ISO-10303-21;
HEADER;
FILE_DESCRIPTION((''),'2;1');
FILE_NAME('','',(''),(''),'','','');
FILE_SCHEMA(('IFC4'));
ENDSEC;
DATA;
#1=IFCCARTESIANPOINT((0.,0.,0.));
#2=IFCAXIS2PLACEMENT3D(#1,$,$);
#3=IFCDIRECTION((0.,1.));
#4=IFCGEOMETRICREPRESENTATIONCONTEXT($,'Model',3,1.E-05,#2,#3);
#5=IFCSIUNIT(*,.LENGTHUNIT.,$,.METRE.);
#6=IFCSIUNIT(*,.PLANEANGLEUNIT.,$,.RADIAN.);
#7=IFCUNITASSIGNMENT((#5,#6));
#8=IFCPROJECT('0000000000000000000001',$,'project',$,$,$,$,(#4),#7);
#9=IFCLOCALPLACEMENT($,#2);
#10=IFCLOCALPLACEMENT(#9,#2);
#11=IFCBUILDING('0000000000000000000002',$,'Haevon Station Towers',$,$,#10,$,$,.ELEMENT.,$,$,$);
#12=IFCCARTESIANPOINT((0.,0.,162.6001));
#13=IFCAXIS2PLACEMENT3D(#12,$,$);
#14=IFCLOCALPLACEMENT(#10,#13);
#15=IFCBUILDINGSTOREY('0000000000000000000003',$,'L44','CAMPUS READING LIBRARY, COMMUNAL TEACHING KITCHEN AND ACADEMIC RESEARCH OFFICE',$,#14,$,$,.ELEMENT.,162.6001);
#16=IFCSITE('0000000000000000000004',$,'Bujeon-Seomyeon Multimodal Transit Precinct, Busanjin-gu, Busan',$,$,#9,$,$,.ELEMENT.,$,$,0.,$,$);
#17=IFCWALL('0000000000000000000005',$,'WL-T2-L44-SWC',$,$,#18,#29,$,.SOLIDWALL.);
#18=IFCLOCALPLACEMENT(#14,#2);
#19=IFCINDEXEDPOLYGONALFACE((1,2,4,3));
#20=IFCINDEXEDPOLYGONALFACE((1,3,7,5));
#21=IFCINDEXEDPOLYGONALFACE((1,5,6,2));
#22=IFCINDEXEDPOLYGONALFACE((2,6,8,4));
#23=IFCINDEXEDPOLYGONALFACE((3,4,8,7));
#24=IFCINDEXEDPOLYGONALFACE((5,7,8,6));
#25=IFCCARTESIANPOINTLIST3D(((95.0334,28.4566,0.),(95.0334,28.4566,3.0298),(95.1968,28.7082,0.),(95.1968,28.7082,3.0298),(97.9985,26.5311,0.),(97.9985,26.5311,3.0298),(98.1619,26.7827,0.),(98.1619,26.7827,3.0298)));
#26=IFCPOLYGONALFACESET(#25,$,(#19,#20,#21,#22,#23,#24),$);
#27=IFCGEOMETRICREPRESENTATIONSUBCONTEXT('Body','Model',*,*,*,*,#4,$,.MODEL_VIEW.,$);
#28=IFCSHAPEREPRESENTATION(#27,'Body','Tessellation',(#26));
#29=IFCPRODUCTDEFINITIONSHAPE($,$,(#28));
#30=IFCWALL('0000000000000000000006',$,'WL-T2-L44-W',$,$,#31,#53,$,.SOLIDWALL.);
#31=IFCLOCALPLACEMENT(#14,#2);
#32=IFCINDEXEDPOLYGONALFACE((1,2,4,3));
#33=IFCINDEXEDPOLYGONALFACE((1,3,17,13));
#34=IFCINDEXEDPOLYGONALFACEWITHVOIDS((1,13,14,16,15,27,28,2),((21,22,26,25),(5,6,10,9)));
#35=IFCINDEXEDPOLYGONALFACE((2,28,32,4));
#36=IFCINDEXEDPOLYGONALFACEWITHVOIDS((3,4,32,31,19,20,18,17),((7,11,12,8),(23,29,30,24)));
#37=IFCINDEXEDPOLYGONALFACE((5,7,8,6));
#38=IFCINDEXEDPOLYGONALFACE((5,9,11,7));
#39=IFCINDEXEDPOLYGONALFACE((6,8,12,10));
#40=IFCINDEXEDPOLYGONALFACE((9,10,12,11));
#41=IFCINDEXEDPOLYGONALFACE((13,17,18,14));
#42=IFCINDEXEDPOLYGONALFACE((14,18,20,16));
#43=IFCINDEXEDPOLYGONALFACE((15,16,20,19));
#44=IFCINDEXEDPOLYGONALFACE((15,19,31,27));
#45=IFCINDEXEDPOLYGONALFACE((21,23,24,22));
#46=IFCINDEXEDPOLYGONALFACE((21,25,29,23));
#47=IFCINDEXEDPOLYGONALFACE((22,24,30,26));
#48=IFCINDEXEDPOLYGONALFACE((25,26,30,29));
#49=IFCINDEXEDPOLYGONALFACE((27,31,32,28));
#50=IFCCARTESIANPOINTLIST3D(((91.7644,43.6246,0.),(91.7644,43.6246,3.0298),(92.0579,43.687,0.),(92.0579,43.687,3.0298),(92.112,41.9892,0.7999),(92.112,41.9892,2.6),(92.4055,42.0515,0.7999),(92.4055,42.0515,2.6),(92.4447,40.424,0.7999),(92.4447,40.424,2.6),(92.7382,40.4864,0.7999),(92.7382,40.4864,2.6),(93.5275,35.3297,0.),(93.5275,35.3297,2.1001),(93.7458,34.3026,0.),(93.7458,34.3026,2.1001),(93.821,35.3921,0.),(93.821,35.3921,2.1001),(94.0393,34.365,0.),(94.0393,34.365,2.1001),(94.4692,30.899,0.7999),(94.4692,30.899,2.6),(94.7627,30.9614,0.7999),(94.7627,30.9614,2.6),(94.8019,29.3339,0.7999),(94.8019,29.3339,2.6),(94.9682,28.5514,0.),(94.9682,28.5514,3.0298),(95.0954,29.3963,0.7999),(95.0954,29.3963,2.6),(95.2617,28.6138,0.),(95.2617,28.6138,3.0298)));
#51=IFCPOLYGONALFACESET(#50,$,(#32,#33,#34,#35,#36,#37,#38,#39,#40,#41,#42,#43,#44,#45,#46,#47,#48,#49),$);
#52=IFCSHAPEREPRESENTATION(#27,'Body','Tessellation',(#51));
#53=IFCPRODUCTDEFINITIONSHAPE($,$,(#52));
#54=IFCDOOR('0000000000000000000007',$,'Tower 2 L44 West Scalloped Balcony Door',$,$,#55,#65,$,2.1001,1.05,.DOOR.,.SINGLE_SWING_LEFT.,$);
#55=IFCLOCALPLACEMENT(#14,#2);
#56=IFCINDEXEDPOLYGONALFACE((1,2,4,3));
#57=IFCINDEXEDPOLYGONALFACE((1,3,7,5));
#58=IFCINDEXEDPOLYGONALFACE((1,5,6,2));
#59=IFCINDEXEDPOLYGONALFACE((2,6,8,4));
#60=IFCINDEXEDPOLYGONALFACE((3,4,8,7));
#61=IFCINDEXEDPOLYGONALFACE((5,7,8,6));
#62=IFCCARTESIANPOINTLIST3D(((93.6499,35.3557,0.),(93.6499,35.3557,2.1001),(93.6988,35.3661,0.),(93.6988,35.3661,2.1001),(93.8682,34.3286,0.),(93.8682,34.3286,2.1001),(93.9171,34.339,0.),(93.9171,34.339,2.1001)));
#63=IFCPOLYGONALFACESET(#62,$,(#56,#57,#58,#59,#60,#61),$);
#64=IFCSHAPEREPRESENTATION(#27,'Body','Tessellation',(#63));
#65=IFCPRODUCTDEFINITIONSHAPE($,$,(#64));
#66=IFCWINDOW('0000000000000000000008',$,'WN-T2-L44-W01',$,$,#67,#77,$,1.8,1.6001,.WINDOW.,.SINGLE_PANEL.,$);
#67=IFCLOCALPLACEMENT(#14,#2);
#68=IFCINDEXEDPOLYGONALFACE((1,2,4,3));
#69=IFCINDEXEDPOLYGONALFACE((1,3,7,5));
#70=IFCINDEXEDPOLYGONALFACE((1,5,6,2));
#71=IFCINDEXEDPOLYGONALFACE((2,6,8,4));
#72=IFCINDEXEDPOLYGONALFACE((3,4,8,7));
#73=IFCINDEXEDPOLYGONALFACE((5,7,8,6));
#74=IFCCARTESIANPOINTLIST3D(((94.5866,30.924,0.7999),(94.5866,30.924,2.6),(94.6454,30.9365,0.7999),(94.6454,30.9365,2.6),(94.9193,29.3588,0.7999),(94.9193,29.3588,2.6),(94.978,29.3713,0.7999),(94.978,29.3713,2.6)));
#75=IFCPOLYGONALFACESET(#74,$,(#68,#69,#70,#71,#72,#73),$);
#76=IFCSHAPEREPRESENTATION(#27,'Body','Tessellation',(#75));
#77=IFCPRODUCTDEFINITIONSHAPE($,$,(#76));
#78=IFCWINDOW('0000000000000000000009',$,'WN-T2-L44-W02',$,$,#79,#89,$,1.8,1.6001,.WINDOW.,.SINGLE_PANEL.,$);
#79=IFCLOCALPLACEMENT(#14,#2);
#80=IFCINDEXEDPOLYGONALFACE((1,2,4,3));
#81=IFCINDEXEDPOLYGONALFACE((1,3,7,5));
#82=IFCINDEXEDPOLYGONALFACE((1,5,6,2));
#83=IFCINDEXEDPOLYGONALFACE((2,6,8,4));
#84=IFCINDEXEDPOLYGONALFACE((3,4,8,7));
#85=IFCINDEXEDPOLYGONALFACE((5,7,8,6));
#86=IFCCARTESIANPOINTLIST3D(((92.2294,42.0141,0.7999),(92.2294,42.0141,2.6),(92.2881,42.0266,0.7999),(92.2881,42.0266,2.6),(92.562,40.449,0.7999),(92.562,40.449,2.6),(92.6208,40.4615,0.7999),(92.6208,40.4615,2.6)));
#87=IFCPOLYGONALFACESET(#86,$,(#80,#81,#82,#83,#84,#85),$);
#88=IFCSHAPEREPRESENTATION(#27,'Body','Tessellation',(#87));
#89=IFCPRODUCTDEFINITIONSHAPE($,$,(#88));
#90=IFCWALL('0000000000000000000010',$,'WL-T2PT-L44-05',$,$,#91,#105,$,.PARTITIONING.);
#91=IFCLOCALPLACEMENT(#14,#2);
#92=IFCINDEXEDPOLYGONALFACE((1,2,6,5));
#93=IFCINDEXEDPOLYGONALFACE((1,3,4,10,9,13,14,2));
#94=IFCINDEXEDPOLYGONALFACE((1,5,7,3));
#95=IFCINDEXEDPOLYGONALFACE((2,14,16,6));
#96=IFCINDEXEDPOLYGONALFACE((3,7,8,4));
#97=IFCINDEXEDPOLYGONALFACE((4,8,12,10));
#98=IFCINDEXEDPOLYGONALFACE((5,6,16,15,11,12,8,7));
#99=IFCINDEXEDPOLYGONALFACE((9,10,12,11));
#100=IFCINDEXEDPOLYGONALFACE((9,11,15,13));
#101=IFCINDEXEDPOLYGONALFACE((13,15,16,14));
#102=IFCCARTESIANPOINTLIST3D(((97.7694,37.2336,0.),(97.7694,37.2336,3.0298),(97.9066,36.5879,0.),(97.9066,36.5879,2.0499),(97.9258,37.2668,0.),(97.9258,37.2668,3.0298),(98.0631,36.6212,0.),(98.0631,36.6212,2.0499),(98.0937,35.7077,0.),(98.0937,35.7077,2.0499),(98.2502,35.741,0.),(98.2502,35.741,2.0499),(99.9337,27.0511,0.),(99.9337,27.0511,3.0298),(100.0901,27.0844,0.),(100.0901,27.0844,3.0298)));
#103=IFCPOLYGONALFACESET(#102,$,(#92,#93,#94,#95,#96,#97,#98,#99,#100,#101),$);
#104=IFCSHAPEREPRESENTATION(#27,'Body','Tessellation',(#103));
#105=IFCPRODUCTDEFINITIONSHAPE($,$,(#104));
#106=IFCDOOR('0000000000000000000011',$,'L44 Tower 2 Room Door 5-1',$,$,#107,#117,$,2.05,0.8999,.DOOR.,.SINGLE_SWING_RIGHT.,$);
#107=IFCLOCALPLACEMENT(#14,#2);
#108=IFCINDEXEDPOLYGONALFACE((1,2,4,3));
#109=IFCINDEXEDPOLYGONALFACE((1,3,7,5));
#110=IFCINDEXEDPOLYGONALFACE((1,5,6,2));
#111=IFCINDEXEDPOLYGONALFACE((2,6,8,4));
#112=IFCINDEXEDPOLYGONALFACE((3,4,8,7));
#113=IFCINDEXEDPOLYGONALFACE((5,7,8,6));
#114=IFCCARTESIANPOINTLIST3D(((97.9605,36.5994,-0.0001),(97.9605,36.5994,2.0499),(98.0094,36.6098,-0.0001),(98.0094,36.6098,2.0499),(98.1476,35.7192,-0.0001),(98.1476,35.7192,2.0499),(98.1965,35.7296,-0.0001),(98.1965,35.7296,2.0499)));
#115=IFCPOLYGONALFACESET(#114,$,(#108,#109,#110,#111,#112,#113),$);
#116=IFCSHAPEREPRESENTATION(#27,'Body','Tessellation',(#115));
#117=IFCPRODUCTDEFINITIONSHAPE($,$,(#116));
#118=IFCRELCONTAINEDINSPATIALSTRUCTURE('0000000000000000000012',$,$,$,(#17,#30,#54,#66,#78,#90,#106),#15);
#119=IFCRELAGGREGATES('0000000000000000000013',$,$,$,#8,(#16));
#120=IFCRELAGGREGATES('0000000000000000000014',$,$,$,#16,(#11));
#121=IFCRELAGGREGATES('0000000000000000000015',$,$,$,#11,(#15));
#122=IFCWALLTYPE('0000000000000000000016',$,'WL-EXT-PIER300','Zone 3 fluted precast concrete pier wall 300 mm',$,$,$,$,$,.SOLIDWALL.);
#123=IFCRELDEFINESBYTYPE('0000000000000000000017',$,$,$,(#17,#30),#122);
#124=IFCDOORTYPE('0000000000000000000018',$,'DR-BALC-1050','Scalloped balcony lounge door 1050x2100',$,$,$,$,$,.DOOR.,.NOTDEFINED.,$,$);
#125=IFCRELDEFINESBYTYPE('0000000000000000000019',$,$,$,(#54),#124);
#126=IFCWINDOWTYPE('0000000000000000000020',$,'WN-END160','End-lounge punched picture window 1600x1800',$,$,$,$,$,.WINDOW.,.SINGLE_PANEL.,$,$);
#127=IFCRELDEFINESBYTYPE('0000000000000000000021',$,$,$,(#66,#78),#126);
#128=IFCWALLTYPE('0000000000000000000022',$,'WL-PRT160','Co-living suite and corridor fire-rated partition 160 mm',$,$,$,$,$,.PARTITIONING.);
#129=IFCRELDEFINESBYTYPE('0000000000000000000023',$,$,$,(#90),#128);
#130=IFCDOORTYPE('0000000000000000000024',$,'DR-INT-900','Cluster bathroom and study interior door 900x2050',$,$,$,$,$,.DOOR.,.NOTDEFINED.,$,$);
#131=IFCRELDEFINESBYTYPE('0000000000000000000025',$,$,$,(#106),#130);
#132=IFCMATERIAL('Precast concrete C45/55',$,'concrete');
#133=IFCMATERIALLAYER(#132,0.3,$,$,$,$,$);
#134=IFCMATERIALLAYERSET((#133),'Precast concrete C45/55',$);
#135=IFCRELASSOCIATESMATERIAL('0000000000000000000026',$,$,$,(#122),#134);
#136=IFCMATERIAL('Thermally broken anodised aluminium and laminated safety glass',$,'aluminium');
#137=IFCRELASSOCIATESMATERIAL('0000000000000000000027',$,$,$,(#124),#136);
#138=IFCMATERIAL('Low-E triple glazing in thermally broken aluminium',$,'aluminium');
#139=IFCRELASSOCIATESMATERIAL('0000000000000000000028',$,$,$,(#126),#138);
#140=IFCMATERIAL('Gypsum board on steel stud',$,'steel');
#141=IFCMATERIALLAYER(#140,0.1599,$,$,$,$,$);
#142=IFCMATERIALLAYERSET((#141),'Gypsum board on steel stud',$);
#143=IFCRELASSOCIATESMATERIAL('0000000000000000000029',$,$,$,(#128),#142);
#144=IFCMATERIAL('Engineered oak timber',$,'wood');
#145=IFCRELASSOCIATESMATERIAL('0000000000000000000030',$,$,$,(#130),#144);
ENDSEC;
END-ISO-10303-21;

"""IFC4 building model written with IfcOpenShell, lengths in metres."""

from ifc_helpers import new_model, si_unit, direction, frame, frame_2d, origin, place, context, subcontext, project, spatial, rectangle, extrude, material, layer, layer_set, type_object, element, fill, save


model = new_model("IFC4")

# Units and contexts
model_context = context("Model", 3, precision=1e-05, world=origin(), true_north=direction((0.0, 1.0)))
body_context = subcontext(model_context, "Body", "Model", "MODEL_VIEW")
ifc_project = project(units=[si_unit("LENGTHUNIT", "METRE"), si_unit("PLANEANGLEUNIT", "RADIAN")], contexts=[model_context])

# Site, building, storey
site_placement = place(None, origin())
site = spatial("IfcSite", under=ifc_project, at=site_placement, Name="Bujeon-Seomyeon Multimodal Transit Precinct, Busanjin-gu, Busan", CompositionType="ELEMENT", RefElevation=0.0)
building_placement = place(site_placement, origin())
building = spatial("IfcBuilding", under=site, at=building_placement, Name="Haevon Station Towers", CompositionType="ELEMENT")
storey_placement = place(building_placement, frame((0.0, 0.0, 162.6001)))
storey = spatial("IfcBuildingStorey", under=building, at=storey_placement, Name="L44", Description="CAMPUS READING LIBRARY, COMMUNAL TEACHING KITCHEN AND ACADEMIC RESEARCH OFFICE", CompositionType="ELEMENT", Elevation=162.6001)

# Wall
ifc_material_1 = material(Name="Precast concrete C45/55", Category="concrete")
ifc_layer_1 = layer(ifc_material_1, 0.3)
ifc_layer_set_1 = layer_set([ifc_layer_1], Name="Precast concrete C45/55")
wall_type_1 = type_object("IfcWallType", Name="WL-EXT-PIER300", Description="Zone 3 fluted precast concrete pier wall 300 mm", PredefinedType="SOLIDWALL", material=ifc_layer_set_1)
wall_1_placement = place(storey_placement, frame((98.0801, 26.657, 0.0), z_axis=(0.0, 0.0, 1.0), x_axis=(-0.838672, 0.544636, 0.0)))
element("IfcWall", 1, at=wall_1_placement, inside=storey, type_object=wall_type_1, Name="WL-T2-L44-SWC", PredefinedType="SOLIDWALL", context=body_context, shape_type="SweptSolid", body=[
    extrude(rectangle(XDim=3.5354, YDim=0.3, at=frame_2d((1.7676, 0.0))), origin(), (0.0, 0.0, 1.0), 3.0298),
])

# Wall, openings, door, windows
wall_2_placement = place(storey_placement, frame((95.115, 28.5825, 0.0), z_axis=(0.0, 0.0, 1.0), x_axis=(-0.207908, 0.978148, 0.0)))
wall_2 = element("IfcWall", 2, at=wall_2_placement, inside=storey, type_object=wall_type_1, Name="WL-T2-L44-W", PredefinedType="SOLIDWALL", context=body_context, shape_type="SweptSolid", body=[
    extrude(rectangle(XDim=15.4099, YDim=0.3, at=frame_2d((7.7051, 0.0))), origin(), (0.0, 0.0, 1.0), 3.0298),
])
opening_1_placement = place(wall_2_placement, frame((5.8799, 0.0, 0.0)))
opening_1 = element("IfcOpeningElement", 3, at=opening_1_placement, cuts=wall_2, PredefinedType="OPENING", context=body_context, shape_type="SweptSolid", body=[
    extrude(rectangle(XDim=1.05, YDim=2.1001, at=frame_2d((0.5249, 1.05))), frame((0.0, 0.1599, 0.0), z_axis=(0.0, -1.0, 0.0), x_axis=(1.0, 0.0, 0.0)), (0.0, 0.0, 1.0), 0.3201),
])
opening_2_placement = place(wall_2_placement, frame((0.8, 0.0, 0.8)))
opening_2 = element("IfcOpeningElement", 4, at=opening_2_placement, cuts=wall_2, PredefinedType="OPENING", context=body_context, shape_type="SweptSolid", body=[
    extrude(rectangle(XDim=1.6001, YDim=1.8, at=frame_2d((0.8, 0.8999))), frame((0.0, 0.1599, 0.0), z_axis=(0.0, -1.0, 0.0), x_axis=(1.0, 0.0, 0.0)), (0.0, 0.0, 1.0), 0.3201),
])
opening_3_placement = place(wall_2_placement, frame((12.1379, 0.0, 0.8)))
opening_3 = element("IfcOpeningElement", 5, at=opening_3_placement, cuts=wall_2, PredefinedType="OPENING", context=body_context, shape_type="SweptSolid", body=[
    extrude(rectangle(XDim=1.6001, YDim=1.8, at=frame_2d((0.8, 0.8999))), frame((0.0, 0.1599, 0.0), z_axis=(0.0, -1.0, 0.0), x_axis=(1.0, 0.0, 0.0)), (0.0, 0.0, 1.0), 0.3201),
])
ifc_material_2 = material(Name="Thermally broken anodised aluminium and laminated safety glass", Category="aluminium")
door_type_1 = type_object("IfcDoorType", Name="DR-BALC-1050", Description="Scalloped balcony lounge door 1050x2100", OperationType="NOTDEFINED", PredefinedType="DOOR", material=ifc_material_2)
door_1_placement = place(opening_1_placement, origin())
door_1 = element("IfcDoor", 6, at=door_1_placement, inside=storey, type_object=door_type_1, Name="Tower 2 L44 West Scalloped Balcony Door", OperationType="SINGLE_SWING_LEFT", OverallHeight=2.1001, OverallWidth=1.05, PredefinedType="DOOR", context=body_context, shape_type="SweptSolid", body=[
    extrude(rectangle(XDim=1.05, YDim=2.1001, at=frame_2d((0.5249, 1.05))), frame((0.0, 0.0249, 0.0), z_axis=(0.0, -1.0, 0.0), x_axis=(1.0, 0.0, 0.0)), (0.0, 0.0, 1.0), 0.05),
])
fill(opening_1, door_1)
ifc_material_3 = material(Name="Low-E triple glazing in thermally broken aluminium", Category="aluminium")
window_type = type_object("IfcWindowType", Name="WN-END160", Description="End-lounge punched picture window 1600x1800", PartitioningType="SINGLE_PANEL", PredefinedType="WINDOW", material=ifc_material_3)
window_1_placement = place(opening_2_placement, origin())
window_1 = element("IfcWindow", 7, at=window_1_placement, inside=storey, type_object=window_type, Name="WN-T2-L44-W01", OverallHeight=1.8, OverallWidth=1.6001, PartitioningType="SINGLE_PANEL", PredefinedType="WINDOW", context=body_context, shape_type="SweptSolid", body=[
    extrude(rectangle(XDim=1.6001, YDim=1.8, at=frame_2d((0.8, 0.8999))), frame((0.0, 0.03, 0.0), z_axis=(0.0, -1.0, 0.0), x_axis=(1.0, 0.0, 0.0)), (0.0, 0.0, 1.0), 0.0601),
])
fill(opening_2, window_1)
window_2_placement = place(opening_3_placement, origin())
window_2 = element("IfcWindow", 8, at=window_2_placement, inside=storey, type_object=window_type, Name="WN-T2-L44-W02", OverallHeight=1.8, OverallWidth=1.6001, PartitioningType="SINGLE_PANEL", PredefinedType="WINDOW", context=body_context, shape_type="SweptSolid", body=[
    extrude(rectangle(XDim=1.6001, YDim=1.8, at=frame_2d((0.8, 0.8999))), frame((0.0, 0.03, 0.0), z_axis=(0.0, -1.0, 0.0), x_axis=(1.0, 0.0, 0.0)), (0.0, 0.0, 1.0), 0.0601),
])
fill(opening_3, window_2)

# Wall, opening, door
ifc_material_4 = material(Name="Gypsum board on steel stud", Category="steel")
ifc_layer_2 = layer(ifc_material_4, 0.1599)
ifc_layer_set_2 = layer_set([ifc_layer_2], Name="Gypsum board on steel stud")
wall_type_2 = type_object("IfcWallType", Name="WL-PRT160", Description="Co-living suite and corridor fire-rated partition 160 mm", PredefinedType="PARTITIONING", material=ifc_layer_set_2)
wall_3_placement = place(storey_placement, frame((100.012, 27.0676, 0.0), z_axis=(0.0, 0.0, 1.0), x_axis=(-0.20791, 0.978148, 0.0)))
wall_3 = element("IfcWall", 9, at=wall_3_placement, inside=storey, type_object=wall_type_2, Name="WL-T2PT-L44-05", PredefinedType="PARTITIONING", context=body_context, shape_type="SweptSolid", body=[
    extrude(rectangle(XDim=10.4099, YDim=0.1599, at=frame_2d((5.2051, 0.0))), origin(), (0.0, 0.0, 1.0), 3.0298),
])
opening_4_placement = place(wall_3_placement, frame((8.8501, 0.0, 0.0)))
opening_4 = element("IfcOpeningElement", 10, at=opening_4_placement, cuts=wall_3, PredefinedType="OPENING", context=body_context, shape_type="SweptSolid", body=[
    extrude(rectangle(XDim=0.8999, YDim=2.05, at=frame_2d((0.45, 1.0249))), frame((0.0, 0.0898, 0.0), z_axis=(0.0, -1.0, 0.0), x_axis=(1.0, 0.0, 0.0)), (0.0, 0.0, 1.0), 0.1799),
])
ifc_material_5 = material(Name="Engineered oak timber", Category="wood")
door_type_2 = type_object("IfcDoorType", Name="DR-INT-900", Description="Cluster bathroom and study interior door 900x2050", OperationType="NOTDEFINED", PredefinedType="DOOR", material=ifc_material_5)
door_2_placement = place(opening_4_placement, origin())
door_2 = element("IfcDoor", 11, at=door_2_placement, inside=storey, type_object=door_type_2, Name="L44 Tower 2 Room Door 5-1", OperationType="SINGLE_SWING_RIGHT", OverallHeight=2.05, OverallWidth=0.8999, PredefinedType="DOOR", context=body_context, shape_type="SweptSolid", body=[
    extrude(rectangle(XDim=0.8999, YDim=2.05, at=frame_2d((0.45, 1.0249))), frame((0.0, 0.0249, 0.0), z_axis=(0.0, -1.0, 0.0), x_axis=(1.0, 0.0, 0.0)), (0.0, 0.0, 1.0), 0.05),
])
fill(opening_4, door_2)

save(model, "model.ifc")
